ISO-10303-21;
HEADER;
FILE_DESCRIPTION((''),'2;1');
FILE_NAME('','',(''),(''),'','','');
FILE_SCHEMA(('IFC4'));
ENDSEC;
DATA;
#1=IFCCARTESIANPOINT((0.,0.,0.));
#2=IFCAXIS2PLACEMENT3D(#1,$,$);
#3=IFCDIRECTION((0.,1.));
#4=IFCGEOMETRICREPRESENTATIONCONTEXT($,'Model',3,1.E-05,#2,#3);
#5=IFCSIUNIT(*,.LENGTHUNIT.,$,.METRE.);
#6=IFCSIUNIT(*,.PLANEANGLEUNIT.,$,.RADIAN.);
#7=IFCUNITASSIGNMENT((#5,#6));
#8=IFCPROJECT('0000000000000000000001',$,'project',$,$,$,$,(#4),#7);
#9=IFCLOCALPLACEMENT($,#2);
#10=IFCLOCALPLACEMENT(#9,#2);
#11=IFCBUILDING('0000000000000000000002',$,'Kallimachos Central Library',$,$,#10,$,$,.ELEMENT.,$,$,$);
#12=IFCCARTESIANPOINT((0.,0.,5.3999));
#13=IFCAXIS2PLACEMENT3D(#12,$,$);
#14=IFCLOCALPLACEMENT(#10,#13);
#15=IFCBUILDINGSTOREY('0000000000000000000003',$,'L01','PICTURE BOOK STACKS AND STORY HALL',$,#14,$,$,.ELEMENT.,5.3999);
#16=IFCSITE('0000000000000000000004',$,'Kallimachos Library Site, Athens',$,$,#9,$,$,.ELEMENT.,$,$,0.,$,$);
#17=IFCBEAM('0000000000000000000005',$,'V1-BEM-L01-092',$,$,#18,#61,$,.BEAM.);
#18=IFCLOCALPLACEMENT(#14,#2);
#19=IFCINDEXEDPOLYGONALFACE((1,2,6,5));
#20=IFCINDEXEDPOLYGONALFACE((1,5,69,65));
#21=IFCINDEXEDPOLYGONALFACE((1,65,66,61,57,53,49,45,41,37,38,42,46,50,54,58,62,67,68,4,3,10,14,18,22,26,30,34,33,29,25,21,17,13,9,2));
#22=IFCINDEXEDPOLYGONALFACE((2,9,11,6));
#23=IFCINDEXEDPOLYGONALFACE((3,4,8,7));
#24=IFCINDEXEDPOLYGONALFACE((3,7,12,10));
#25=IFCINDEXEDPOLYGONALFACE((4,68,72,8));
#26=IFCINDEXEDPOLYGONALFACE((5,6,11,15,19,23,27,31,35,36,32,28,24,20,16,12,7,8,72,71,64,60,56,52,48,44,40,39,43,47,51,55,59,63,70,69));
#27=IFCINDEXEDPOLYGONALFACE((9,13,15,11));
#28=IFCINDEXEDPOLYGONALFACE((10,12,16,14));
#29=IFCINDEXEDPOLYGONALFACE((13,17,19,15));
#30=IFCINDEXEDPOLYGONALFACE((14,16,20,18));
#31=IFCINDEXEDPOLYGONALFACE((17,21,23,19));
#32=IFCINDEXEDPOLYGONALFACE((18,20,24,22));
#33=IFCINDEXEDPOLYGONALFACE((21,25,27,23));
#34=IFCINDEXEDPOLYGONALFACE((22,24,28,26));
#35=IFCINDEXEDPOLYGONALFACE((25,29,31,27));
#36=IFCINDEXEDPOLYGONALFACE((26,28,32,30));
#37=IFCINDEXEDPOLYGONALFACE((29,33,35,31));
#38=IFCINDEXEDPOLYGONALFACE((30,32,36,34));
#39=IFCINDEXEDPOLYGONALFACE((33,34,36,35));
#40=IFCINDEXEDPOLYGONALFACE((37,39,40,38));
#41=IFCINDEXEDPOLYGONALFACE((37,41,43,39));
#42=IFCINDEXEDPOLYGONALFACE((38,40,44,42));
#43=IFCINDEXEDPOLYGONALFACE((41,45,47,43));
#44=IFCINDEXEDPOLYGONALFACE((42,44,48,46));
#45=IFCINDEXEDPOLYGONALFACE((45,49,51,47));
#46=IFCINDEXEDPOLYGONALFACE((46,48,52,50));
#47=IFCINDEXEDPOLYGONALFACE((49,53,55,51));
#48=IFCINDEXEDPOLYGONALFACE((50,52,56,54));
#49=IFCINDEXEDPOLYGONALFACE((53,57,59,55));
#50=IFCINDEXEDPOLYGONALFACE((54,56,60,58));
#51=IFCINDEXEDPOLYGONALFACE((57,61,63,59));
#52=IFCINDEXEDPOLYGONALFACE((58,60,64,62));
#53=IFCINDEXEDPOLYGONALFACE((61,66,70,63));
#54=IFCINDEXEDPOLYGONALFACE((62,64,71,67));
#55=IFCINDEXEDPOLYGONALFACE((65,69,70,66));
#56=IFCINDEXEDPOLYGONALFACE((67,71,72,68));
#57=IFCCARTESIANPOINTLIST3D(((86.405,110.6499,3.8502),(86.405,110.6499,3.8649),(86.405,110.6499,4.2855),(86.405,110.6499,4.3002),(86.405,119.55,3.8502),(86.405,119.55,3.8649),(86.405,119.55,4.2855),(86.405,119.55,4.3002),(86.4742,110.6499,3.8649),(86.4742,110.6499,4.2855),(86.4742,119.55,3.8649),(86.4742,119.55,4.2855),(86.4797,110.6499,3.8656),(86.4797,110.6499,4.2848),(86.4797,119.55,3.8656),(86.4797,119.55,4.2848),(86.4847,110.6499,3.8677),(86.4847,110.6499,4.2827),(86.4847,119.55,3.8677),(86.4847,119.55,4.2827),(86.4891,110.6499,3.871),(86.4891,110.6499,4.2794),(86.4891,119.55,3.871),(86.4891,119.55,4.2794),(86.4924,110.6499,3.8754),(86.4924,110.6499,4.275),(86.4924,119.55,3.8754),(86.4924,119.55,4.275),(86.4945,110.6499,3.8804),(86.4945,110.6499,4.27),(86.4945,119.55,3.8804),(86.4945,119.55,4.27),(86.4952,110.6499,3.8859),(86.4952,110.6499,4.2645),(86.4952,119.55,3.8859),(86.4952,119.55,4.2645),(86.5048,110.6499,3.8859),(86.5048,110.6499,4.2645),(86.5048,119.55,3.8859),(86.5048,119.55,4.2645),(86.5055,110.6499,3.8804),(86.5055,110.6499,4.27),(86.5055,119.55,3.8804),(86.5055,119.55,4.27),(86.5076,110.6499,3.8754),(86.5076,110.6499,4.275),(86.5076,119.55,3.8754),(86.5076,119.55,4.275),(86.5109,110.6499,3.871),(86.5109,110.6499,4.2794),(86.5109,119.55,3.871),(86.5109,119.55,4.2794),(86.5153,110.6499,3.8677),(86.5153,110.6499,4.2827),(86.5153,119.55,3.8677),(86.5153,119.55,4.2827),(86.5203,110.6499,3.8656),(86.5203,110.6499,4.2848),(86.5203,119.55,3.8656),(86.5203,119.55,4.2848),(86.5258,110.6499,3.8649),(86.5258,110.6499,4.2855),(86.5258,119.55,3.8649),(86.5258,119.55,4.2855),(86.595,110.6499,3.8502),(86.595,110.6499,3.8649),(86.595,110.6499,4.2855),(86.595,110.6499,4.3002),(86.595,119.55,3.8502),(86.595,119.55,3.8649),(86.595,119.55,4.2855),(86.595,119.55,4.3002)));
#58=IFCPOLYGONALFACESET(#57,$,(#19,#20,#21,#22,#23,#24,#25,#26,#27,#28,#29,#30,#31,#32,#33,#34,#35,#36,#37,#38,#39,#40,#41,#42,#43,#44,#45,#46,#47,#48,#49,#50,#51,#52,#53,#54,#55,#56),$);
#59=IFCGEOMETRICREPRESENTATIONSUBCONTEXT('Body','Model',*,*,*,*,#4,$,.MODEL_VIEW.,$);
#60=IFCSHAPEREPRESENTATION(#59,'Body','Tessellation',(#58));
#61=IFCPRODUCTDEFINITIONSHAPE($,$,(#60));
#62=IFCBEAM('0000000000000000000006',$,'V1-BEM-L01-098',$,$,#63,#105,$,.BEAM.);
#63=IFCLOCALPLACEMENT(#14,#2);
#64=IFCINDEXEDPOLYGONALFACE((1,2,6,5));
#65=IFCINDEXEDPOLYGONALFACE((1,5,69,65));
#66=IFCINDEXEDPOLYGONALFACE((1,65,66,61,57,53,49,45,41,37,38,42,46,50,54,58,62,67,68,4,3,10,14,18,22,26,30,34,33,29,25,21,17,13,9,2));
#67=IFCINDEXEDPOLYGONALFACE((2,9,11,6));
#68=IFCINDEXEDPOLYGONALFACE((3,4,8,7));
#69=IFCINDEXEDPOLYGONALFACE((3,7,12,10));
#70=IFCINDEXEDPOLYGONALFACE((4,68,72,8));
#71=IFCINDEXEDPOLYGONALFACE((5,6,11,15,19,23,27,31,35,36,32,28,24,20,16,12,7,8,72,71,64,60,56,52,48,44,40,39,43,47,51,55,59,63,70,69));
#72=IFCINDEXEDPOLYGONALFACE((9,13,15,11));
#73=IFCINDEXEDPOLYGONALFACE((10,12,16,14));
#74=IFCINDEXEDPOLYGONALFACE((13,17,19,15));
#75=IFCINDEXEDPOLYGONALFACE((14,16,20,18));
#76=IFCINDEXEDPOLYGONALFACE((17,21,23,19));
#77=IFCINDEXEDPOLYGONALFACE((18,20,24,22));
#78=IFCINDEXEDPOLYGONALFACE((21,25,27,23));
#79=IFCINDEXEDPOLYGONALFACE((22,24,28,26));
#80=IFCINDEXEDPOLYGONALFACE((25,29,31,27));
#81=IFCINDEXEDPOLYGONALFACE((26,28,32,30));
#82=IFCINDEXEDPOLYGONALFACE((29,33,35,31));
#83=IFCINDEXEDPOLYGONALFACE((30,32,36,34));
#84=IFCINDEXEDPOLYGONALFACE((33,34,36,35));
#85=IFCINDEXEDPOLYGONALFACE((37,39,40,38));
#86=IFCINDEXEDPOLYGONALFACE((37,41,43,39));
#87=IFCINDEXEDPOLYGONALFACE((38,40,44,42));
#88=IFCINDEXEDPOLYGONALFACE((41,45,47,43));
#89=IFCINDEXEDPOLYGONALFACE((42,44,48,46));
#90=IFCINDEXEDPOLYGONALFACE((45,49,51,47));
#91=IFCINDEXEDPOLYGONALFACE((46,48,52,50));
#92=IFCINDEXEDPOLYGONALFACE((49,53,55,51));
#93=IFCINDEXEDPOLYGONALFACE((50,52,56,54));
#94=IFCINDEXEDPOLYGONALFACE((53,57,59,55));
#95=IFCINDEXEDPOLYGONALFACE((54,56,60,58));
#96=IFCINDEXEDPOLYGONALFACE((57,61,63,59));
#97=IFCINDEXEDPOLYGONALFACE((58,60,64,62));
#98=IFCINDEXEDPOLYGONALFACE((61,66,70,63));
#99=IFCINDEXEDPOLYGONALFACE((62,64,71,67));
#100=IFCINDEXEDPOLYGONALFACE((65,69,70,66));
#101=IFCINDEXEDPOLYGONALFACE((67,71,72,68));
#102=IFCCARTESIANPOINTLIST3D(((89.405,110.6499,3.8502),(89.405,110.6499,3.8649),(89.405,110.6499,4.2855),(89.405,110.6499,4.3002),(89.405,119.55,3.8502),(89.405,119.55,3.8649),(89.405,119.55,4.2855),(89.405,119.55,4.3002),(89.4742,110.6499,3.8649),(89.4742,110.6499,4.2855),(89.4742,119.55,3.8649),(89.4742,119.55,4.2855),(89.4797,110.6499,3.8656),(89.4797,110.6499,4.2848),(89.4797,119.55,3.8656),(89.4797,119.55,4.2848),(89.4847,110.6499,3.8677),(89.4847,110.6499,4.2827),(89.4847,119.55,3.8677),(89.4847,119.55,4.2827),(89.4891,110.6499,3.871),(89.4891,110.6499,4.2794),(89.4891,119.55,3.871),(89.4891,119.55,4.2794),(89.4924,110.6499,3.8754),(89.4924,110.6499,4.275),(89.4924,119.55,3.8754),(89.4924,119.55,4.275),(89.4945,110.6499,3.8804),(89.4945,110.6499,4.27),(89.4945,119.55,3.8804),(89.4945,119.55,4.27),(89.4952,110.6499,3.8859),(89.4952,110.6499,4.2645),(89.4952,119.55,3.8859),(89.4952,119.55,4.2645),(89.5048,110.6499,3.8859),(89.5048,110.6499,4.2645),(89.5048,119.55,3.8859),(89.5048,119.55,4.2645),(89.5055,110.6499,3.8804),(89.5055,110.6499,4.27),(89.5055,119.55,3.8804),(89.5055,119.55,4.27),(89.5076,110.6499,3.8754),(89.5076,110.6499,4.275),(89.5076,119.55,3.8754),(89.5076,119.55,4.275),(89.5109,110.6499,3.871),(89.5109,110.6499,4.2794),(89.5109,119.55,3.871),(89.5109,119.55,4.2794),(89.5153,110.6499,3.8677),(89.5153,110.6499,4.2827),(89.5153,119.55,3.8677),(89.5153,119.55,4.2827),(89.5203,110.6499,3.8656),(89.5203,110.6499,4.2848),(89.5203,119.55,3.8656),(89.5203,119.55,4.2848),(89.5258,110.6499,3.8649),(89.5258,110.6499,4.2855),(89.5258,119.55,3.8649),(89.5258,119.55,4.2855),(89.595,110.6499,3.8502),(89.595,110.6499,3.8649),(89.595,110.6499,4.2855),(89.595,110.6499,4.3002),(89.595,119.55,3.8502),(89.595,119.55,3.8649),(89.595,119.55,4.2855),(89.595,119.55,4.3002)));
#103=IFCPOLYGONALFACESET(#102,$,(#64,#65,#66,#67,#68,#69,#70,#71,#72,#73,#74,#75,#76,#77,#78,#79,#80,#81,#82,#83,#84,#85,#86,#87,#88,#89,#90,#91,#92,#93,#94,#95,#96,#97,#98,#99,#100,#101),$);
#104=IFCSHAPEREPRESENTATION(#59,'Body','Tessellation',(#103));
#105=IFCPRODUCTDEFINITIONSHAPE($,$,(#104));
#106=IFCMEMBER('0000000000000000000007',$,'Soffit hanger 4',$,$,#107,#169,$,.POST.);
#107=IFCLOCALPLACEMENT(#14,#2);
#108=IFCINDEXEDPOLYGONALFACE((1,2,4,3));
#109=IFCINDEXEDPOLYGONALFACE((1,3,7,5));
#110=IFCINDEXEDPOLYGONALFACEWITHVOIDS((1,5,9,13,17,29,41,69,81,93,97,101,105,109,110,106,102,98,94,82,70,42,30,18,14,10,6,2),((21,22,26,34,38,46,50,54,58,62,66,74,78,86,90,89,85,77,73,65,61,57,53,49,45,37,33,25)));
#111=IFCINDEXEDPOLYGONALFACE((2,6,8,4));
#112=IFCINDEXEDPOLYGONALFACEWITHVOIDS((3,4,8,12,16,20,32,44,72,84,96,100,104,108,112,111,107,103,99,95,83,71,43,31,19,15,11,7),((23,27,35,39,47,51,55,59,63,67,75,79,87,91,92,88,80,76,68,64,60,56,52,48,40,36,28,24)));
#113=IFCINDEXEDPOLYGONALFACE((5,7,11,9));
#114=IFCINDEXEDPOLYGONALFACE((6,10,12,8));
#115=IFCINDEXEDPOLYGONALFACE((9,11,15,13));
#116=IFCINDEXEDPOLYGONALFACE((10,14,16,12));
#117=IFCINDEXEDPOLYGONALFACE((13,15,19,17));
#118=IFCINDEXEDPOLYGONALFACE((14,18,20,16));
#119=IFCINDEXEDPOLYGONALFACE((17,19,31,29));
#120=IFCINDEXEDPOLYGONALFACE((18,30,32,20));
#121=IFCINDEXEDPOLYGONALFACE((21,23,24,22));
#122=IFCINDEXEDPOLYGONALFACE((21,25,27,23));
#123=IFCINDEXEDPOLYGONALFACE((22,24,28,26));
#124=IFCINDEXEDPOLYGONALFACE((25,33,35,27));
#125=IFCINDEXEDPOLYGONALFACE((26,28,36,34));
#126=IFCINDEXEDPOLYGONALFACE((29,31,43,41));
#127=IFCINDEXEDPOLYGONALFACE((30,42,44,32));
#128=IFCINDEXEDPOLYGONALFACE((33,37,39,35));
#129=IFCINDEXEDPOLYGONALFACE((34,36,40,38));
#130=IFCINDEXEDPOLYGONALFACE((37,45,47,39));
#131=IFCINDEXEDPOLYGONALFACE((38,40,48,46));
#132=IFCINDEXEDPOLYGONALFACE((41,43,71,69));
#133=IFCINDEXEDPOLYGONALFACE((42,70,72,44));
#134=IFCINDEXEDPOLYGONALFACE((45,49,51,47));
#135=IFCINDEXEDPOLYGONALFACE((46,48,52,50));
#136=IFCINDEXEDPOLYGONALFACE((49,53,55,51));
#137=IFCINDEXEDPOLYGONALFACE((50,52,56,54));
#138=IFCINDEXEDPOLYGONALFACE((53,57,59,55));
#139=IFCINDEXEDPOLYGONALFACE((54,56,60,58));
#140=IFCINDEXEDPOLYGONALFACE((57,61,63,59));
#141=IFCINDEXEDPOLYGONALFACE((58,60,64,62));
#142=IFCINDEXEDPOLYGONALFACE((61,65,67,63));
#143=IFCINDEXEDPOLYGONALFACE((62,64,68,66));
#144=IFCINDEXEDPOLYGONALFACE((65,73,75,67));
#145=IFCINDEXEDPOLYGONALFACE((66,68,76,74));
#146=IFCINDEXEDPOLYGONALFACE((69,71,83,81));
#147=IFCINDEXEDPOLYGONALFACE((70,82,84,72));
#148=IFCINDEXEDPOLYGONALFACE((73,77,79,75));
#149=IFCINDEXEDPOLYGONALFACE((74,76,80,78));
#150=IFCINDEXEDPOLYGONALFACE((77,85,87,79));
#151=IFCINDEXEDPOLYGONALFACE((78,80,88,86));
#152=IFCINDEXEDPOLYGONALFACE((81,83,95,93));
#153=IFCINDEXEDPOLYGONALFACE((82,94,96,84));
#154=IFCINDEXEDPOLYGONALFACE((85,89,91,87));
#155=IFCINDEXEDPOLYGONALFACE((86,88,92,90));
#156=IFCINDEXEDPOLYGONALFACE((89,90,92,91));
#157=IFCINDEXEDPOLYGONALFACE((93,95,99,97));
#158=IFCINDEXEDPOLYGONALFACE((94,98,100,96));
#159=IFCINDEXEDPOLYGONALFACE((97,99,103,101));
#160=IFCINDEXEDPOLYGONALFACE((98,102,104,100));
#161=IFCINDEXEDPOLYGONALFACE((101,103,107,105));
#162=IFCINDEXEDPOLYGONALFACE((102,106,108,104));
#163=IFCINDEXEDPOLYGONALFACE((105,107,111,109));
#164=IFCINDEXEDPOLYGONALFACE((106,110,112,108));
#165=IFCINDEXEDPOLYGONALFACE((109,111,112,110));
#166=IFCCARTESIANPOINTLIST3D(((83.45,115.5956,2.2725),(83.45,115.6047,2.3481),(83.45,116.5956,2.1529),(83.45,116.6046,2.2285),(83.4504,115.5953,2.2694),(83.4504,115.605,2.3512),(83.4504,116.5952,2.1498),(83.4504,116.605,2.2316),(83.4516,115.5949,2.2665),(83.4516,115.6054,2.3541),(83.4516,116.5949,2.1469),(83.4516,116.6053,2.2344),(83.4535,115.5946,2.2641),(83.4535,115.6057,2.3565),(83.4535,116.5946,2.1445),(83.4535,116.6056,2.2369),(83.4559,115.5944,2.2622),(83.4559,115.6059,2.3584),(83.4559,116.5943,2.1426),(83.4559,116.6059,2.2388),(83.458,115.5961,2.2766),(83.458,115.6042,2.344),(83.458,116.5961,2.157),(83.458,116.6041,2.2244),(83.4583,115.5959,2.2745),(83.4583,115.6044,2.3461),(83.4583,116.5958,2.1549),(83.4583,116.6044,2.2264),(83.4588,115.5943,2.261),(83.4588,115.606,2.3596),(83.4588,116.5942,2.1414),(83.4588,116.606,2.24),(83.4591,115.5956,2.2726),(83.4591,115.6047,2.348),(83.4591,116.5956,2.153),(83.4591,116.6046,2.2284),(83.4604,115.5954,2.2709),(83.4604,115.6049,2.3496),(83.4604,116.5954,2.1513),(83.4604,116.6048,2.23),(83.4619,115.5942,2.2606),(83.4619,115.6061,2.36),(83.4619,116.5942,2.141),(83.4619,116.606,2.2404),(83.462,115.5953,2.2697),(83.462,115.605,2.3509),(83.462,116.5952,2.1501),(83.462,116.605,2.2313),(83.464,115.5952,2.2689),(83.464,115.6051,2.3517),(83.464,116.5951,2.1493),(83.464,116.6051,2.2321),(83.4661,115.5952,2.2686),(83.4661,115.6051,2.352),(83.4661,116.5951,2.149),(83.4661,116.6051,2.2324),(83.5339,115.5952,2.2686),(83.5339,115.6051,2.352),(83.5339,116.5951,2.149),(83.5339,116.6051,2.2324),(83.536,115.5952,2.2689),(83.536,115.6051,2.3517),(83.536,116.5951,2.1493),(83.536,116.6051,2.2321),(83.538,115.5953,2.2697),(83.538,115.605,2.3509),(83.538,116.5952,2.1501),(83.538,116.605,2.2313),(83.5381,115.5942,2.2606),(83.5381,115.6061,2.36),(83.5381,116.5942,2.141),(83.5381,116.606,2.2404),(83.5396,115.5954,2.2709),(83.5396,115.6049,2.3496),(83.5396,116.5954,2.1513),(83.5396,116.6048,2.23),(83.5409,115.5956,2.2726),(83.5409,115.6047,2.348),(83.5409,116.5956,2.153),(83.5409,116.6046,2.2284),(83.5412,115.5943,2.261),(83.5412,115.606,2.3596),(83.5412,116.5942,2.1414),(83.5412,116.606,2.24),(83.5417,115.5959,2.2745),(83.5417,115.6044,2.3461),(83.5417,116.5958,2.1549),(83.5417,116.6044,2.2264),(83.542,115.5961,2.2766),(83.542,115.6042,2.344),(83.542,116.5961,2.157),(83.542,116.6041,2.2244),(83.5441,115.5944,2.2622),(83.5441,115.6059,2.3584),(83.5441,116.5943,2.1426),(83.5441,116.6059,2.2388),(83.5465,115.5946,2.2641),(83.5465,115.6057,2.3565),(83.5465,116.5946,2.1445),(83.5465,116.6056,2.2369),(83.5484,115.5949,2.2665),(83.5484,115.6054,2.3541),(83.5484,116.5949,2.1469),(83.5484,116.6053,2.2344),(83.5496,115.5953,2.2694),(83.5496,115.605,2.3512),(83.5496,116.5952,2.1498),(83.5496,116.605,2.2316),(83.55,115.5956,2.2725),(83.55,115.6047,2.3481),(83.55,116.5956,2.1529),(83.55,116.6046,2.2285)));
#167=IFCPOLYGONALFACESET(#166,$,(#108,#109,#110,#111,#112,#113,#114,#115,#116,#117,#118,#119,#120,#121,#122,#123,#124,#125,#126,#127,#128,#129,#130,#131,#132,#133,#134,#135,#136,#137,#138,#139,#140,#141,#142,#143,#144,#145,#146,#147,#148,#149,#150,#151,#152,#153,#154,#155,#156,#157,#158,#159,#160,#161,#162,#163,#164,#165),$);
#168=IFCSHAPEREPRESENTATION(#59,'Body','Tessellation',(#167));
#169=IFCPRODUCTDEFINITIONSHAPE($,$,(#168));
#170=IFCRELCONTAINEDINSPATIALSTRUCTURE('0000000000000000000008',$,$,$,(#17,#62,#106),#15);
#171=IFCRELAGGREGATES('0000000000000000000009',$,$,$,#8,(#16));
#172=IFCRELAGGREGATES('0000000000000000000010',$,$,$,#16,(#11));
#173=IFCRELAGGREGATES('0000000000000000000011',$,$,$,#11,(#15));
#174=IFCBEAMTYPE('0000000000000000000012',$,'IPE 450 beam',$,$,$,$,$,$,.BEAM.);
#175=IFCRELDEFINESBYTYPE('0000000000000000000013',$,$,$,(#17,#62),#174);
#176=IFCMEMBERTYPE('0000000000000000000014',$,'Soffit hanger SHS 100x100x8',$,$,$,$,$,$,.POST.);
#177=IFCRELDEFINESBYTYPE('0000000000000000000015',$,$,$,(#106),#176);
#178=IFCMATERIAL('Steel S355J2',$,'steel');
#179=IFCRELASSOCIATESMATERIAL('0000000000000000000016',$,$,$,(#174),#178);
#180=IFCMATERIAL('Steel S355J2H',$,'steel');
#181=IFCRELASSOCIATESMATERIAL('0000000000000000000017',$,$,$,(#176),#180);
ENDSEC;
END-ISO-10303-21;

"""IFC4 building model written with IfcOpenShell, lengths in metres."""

from ifc_helpers import new_model, si_unit, direction, frame, origin, origin_2d, place, context, subcontext, project, spatial, hollow_rectangle, i_section, extrude, material, material_profile, profile_set, type_object, element, save


model = new_model("IFC4")

# Units and contexts
model_context = context("Model", 3, precision=1e-05, world=origin(), true_north=direction((0.0, 1.0)))
body_context = subcontext(model_context, "Body", "Model", "MODEL_VIEW")
ifc_project = project(units=[si_unit("LENGTHUNIT", "METRE"), si_unit("PLANEANGLEUNIT", "RADIAN")], contexts=[model_context])

# Site, building, storey
site_placement = place(None, origin())
site = spatial("IfcSite", under=ifc_project, at=site_placement, Name="Kallimachos Library Site, Athens", CompositionType="ELEMENT", RefElevation=0.0)
building_placement = place(site_placement, origin())
building = spatial("IfcBuilding", under=site, at=building_placement, Name="Kallimachos Central Library", CompositionType="ELEMENT")
storey_placement = place(building_placement, frame((0.0, 0.0, 5.3999)))
storey = spatial("IfcBuildingStorey", under=building, at=storey_placement, Name="L01", Description="PICTURE BOOK STACKS AND STORY HALL", CompositionType="ELEMENT", Elevation=5.3999)

# Beams
ifc_material_1 = material(Name="Steel S355J2", Category="steel")
ifc_material_profile_1 = material_profile(ifc_material_1, i_section(OverallWidth=0.1899, OverallDepth=0.45, WebThickness=0.0095, FlangeThickness=0.0146, FilletRadius=0.021, at=origin_2d()), Name="IPE 450")
ifc_profile_set_1 = profile_set([ifc_material_profile_1], Name="Steel S355J2")
beam_type_1 = type_object("IfcBeamType", Name="IPE 450 beam", PredefinedType="BEAM", material=ifc_profile_set_1)
for number, where, z_axis, x_axis, name in (
    (1, (86.5, 110.6499, 4.0752), (0.0, 1.0, 0.0), (-1.0, 0.0, 0.0), "V1-BEM-L01-092"),
    (2, (89.5, 110.6499, 4.0752), (0.0, 1.0, 0.0), (-1.0, 0.0, 0.0), "V1-BEM-L01-098"),
):
    element("IfcBeam", number, at=place(storey_placement, frame(where, z_axis=z_axis, x_axis=x_axis)), inside=storey, type_object=beam_type_1, Name=name, PredefinedType="BEAM", context=body_context, shape_type="SweptSolid", body=[
        extrude(i_section(OverallWidth=0.1899, OverallDepth=0.45, WebThickness=0.0095, FlangeThickness=0.0146, FilletRadius=0.021, at=origin_2d()), origin(), (0.0, 0.0, 1.0), 8.9001),
    ])

# Member
ifc_material_2 = material(Name="Steel S355J2H", Category="steel")
ifc_material_profile_2 = material_profile(ifc_material_2, hollow_rectangle(XDim=0.1001, YDim=0.1001, WallThickness=0.0081, InnerFilletRadius=0.0081, OuterFilletRadius=0.012, at=origin_2d()), Name="SHS 100x100x8")
ifc_profile_set_2 = profile_set([ifc_material_profile_2], Name="Steel S355J2H")
member_type_1 = type_object("IfcMemberType", Name="Soffit hanger SHS 100x100x8", PredefinedType="POST", material=ifc_profile_set_2)
member_1_placement = place(storey_placement, frame((83.5, 116.6001, 2.1907), z_axis=(0.0, -0.99292, 0.118782), x_axis=(1.0, 0.0, 0.0)))
element("IfcMember", 3, at=member_1_placement, inside=storey, type_object=member_type_1, Name="Soffit hanger 4", PredefinedType="POST", context=body_context, shape_type="SweptSolid", body=[
    extrude(hollow_rectangle(XDim=0.1001, YDim=0.1001, WallThickness=0.0081, InnerFilletRadius=0.0081, OuterFilletRadius=0.012, at=origin_2d()), origin(), (0.0, 0.0, 1.0), 1.0071),
])

save(model, "model.ifc")
